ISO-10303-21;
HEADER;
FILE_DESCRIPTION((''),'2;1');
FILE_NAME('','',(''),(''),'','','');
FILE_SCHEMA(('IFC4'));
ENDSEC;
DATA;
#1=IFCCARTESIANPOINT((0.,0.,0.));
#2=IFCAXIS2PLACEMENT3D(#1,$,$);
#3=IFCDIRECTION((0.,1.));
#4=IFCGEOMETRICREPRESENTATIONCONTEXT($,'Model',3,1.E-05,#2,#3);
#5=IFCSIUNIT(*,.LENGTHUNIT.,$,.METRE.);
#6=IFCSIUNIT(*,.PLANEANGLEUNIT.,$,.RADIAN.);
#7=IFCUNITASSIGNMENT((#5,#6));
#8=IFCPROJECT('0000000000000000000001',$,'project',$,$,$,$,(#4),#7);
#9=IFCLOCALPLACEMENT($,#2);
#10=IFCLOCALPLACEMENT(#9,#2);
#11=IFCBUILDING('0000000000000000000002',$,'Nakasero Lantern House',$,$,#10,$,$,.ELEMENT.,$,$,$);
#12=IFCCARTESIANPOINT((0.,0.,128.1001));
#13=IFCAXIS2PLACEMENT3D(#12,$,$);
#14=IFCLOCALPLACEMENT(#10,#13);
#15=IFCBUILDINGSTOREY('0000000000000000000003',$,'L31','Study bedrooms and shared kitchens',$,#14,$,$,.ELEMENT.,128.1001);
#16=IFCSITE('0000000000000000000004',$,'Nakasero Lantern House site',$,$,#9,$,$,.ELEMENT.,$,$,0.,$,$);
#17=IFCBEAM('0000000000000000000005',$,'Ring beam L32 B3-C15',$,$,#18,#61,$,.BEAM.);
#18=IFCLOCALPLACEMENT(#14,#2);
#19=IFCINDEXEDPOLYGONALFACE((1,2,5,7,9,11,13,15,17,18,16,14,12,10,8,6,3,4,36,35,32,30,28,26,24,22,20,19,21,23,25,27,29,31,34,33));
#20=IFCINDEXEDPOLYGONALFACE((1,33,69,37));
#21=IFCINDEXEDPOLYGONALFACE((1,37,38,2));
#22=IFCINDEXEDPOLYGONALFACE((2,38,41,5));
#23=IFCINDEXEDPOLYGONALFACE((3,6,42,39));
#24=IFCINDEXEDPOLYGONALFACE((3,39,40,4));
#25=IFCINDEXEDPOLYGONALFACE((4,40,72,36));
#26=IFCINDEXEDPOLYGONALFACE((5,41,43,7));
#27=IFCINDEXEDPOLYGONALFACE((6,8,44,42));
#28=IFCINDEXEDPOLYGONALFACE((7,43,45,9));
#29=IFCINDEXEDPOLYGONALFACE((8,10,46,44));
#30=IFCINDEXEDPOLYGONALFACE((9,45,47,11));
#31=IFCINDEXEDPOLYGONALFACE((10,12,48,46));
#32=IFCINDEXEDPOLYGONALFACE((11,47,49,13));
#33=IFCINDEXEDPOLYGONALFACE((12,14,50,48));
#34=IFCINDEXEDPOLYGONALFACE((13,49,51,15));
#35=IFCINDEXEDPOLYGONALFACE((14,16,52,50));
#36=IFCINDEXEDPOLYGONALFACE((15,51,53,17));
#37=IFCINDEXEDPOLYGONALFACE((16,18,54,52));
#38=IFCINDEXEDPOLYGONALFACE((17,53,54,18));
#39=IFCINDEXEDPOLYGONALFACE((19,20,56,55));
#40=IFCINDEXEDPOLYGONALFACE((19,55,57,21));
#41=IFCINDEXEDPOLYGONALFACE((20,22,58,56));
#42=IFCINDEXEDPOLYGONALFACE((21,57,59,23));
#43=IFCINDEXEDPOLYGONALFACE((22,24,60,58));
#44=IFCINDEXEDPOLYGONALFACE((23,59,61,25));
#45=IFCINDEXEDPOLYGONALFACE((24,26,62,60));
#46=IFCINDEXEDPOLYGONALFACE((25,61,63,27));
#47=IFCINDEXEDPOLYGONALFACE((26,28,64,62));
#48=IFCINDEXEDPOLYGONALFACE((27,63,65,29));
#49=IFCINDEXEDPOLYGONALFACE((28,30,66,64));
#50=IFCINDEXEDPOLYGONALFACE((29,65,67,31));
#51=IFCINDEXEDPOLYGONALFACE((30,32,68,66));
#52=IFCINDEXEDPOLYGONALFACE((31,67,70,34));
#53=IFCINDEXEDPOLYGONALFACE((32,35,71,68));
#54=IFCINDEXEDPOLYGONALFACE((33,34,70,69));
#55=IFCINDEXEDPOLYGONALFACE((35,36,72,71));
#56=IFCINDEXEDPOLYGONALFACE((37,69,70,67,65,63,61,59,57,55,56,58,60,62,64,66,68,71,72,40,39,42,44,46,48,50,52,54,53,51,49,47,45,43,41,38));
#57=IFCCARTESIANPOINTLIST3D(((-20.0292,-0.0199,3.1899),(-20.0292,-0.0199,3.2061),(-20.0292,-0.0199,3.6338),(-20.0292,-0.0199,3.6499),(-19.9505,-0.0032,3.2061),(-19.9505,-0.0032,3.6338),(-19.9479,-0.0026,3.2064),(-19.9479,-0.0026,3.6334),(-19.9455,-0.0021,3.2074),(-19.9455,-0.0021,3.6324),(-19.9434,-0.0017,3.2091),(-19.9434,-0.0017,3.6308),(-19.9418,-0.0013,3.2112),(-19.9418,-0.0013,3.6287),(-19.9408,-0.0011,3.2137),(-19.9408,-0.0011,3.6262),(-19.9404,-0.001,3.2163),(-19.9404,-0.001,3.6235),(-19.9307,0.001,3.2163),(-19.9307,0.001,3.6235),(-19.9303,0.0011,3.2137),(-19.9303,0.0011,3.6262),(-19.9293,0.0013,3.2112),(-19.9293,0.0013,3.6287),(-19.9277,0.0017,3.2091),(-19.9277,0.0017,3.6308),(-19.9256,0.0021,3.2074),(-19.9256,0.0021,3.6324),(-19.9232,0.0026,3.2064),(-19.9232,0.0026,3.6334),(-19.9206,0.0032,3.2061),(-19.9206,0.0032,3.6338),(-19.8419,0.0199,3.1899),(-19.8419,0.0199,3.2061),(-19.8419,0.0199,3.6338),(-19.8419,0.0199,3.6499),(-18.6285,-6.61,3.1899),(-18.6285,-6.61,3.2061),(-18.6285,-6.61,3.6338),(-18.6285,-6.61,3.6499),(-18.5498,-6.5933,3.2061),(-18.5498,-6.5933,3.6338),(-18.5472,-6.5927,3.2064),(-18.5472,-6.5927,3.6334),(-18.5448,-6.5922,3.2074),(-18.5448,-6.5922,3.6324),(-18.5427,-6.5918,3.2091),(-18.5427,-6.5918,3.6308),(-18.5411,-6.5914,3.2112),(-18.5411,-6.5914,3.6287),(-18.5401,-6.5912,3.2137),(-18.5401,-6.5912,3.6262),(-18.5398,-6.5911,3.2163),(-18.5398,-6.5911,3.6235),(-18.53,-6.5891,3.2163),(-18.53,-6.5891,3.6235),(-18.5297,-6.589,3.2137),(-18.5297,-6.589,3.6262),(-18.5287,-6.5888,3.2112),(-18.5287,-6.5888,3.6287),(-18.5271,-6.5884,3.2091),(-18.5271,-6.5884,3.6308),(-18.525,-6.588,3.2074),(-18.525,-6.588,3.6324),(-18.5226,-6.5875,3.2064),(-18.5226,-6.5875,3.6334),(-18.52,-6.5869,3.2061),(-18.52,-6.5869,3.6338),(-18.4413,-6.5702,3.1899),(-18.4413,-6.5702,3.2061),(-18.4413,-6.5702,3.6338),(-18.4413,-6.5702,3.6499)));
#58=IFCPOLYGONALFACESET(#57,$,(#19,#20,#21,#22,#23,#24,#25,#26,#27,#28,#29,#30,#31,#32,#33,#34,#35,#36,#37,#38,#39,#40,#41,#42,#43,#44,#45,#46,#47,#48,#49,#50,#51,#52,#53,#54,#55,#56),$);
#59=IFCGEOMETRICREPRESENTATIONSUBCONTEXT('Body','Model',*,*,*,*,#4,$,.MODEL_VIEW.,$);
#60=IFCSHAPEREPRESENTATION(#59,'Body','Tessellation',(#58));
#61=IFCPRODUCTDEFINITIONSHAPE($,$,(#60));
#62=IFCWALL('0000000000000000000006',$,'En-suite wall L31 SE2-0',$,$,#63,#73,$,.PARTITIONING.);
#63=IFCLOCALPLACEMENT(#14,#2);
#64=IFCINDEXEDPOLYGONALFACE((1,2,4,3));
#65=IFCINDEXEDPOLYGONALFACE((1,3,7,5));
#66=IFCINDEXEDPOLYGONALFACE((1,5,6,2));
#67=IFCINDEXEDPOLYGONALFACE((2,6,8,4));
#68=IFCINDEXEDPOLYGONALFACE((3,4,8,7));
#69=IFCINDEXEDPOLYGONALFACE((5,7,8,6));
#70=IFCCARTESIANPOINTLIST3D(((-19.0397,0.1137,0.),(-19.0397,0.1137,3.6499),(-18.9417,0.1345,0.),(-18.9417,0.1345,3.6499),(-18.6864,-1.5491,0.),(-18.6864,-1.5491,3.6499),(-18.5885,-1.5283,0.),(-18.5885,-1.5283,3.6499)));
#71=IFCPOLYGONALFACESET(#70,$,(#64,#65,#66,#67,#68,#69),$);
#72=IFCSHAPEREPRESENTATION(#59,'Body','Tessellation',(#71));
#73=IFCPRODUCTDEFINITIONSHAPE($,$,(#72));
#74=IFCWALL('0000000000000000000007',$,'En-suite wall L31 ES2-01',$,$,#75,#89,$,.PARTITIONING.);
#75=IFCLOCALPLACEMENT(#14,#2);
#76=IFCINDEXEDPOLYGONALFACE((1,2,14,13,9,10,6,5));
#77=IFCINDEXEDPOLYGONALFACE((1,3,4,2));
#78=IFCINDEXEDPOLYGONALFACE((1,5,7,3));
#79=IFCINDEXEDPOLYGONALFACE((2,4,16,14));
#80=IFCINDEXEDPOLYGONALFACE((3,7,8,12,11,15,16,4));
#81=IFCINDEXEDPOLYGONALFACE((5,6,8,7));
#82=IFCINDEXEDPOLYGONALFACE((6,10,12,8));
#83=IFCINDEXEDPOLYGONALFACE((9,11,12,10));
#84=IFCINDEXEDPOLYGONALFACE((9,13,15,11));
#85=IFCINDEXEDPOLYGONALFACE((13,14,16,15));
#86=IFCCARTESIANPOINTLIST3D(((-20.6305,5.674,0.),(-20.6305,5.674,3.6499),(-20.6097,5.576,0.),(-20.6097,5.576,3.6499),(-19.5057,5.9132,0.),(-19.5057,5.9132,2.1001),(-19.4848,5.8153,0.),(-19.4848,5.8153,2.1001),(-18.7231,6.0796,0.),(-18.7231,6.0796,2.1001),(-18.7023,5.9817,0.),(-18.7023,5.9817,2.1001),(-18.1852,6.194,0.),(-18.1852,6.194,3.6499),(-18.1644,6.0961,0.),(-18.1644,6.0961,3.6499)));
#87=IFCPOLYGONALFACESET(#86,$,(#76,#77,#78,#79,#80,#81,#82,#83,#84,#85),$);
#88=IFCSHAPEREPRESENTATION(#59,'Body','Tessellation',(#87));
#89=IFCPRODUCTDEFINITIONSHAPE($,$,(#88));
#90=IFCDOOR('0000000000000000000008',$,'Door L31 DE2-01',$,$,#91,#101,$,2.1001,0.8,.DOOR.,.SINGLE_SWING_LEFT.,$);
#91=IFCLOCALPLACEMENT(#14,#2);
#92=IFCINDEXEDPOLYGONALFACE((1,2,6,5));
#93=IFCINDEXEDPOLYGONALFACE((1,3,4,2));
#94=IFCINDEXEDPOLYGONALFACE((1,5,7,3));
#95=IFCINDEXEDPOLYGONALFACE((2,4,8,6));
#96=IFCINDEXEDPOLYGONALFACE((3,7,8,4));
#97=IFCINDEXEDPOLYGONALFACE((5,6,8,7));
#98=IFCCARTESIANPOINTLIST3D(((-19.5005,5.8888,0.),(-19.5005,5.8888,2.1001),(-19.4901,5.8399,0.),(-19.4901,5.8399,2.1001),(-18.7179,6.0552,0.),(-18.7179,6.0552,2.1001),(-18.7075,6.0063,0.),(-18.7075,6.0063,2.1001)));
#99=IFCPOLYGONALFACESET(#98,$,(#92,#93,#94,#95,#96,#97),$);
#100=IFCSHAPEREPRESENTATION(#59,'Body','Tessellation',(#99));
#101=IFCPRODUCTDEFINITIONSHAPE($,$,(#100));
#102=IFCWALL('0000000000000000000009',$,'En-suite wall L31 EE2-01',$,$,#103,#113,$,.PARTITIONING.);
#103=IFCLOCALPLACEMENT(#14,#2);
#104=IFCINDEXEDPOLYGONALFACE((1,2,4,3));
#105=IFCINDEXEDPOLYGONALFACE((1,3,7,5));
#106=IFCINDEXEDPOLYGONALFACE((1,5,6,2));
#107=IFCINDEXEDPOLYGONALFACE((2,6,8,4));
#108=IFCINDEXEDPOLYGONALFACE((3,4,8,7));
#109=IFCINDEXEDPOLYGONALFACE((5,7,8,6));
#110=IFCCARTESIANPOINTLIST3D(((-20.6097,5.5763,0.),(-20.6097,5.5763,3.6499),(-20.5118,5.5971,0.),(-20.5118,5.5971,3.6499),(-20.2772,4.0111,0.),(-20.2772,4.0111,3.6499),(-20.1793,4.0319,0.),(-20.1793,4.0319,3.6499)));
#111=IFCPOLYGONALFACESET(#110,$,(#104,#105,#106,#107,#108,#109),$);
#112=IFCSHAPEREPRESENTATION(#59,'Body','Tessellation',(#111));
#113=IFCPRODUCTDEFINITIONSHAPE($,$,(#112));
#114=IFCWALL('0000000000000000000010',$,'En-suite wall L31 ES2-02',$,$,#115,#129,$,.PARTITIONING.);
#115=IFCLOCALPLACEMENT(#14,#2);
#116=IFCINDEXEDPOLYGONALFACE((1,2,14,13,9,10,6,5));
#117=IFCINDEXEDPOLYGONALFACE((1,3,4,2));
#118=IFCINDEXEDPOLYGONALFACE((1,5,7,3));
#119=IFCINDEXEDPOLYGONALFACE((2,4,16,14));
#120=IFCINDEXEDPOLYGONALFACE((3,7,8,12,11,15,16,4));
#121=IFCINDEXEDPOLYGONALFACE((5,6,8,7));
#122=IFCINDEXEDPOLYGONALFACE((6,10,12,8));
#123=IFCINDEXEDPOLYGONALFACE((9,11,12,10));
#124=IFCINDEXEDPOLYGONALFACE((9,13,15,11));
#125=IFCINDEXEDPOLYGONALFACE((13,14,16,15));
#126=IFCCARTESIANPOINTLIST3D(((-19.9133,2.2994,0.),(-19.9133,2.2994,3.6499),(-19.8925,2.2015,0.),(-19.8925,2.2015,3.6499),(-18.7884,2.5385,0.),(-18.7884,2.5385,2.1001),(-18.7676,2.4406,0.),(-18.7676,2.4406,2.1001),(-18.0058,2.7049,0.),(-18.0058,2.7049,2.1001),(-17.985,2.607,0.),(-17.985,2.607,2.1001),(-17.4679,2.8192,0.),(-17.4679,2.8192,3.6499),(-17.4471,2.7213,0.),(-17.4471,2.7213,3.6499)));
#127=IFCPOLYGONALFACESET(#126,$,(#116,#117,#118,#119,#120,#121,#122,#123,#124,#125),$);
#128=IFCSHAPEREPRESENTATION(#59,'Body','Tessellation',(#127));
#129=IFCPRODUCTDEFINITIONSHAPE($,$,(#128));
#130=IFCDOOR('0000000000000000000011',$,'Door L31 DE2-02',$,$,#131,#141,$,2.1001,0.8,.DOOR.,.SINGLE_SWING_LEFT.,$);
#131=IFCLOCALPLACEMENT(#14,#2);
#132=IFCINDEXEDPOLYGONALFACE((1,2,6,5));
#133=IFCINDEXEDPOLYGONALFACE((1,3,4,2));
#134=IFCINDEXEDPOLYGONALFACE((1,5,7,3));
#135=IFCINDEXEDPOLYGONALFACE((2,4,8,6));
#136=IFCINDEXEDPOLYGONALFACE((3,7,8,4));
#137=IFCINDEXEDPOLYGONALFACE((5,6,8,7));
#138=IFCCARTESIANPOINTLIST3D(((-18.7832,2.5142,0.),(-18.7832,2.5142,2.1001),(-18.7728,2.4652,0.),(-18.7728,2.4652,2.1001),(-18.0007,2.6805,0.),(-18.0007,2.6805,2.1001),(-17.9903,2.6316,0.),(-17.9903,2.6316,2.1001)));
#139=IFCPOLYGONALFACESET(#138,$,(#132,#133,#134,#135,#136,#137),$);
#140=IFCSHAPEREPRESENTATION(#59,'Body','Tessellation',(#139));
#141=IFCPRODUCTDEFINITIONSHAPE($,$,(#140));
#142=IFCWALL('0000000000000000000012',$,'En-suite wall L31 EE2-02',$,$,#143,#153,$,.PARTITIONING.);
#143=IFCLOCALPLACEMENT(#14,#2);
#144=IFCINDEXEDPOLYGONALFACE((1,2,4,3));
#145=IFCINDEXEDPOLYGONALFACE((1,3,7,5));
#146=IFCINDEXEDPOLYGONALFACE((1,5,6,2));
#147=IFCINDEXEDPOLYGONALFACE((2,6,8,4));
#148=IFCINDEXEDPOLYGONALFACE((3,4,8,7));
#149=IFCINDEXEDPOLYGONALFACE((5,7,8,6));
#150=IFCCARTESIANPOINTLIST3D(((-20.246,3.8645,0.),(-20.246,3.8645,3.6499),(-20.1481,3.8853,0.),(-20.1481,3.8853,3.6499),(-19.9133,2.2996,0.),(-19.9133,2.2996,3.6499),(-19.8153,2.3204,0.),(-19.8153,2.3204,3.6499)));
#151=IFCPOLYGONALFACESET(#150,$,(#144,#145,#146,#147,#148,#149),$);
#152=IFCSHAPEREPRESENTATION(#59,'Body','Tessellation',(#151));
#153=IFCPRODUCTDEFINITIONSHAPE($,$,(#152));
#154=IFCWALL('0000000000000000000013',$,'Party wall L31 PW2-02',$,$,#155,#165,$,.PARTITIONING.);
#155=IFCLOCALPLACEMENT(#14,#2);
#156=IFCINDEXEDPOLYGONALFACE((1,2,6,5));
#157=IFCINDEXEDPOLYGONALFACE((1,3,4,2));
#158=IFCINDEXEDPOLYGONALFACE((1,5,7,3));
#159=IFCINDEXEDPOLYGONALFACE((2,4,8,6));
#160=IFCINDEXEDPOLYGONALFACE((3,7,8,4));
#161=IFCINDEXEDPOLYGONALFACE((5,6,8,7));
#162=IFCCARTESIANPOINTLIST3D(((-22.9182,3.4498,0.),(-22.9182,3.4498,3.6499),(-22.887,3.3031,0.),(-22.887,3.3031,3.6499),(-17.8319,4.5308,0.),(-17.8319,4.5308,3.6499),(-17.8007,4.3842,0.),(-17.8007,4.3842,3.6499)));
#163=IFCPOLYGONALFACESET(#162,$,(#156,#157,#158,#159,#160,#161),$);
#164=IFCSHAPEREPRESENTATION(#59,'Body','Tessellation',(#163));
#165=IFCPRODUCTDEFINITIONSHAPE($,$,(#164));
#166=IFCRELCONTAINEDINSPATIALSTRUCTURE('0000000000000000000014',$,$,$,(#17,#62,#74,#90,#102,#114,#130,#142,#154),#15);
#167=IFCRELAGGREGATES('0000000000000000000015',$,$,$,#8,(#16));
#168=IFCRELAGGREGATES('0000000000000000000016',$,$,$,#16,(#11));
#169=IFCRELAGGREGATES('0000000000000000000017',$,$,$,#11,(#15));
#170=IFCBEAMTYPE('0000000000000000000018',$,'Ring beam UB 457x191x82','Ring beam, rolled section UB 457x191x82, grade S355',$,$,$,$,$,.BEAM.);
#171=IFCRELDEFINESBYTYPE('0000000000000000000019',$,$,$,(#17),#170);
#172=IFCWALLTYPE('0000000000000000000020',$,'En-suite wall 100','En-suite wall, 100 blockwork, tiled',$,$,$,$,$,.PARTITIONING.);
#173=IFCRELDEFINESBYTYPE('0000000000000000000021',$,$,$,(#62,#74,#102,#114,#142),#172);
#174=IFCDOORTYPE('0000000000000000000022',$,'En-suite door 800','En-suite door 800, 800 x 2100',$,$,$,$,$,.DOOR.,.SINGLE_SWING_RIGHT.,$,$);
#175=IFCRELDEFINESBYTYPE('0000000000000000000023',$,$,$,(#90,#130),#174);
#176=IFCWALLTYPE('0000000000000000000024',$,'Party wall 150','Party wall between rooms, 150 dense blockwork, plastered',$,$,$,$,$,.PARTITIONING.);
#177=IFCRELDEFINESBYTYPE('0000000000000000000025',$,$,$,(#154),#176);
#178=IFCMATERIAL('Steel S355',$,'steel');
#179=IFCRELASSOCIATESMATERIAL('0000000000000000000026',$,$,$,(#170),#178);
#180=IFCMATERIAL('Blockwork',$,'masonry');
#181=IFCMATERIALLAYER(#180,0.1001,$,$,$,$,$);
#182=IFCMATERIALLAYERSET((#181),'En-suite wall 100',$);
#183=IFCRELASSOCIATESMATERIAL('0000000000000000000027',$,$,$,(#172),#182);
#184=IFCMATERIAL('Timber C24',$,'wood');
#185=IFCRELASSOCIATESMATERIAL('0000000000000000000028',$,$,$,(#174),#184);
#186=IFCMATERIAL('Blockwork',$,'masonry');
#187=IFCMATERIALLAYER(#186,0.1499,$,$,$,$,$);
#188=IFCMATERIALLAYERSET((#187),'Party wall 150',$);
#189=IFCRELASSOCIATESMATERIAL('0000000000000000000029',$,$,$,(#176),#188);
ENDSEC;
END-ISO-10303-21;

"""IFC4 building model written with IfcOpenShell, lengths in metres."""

from ifc_helpers import new_model, si_unit, direction, frame, frame_2d, origin, origin_2d, place, context, subcontext, project, spatial, rectangle, i_section, extrude, material, layer, layer_set, material_profile, profile_set, type_object, element, fill, save


model = new_model("IFC4")

# Units and contexts
model_context = context("Model", 3, precision=1e-05, world=origin(), true_north=direction((0.0, 1.0)))
body_context = subcontext(model_context, "Body", "Model", "MODEL_VIEW")
ifc_project = project(units=[si_unit("LENGTHUNIT", "METRE"), si_unit("PLANEANGLEUNIT", "RADIAN")], contexts=[model_context])

# Site, building, storey
site_placement = place(None, origin())
site = spatial("IfcSite", under=ifc_project, at=site_placement, Name="Nakasero Lantern House site", CompositionType="ELEMENT", RefElevation=0.0)
building_placement = place(site_placement, origin())
building = spatial("IfcBuilding", under=site, at=building_placement, Name="Nakasero Lantern House", CompositionType="ELEMENT")
storey_placement = place(building_placement, frame((0.0, 0.0, 128.1001)))
storey = spatial("IfcBuildingStorey", under=building, at=storey_placement, Name="L31", Description="Study bedrooms and shared kitchens", CompositionType="ELEMENT", Elevation=128.1001)

# Beam
ifc_material_1 = material(Name="Steel S355", Category="steel")
ifc_material_profile_1 = material_profile(ifc_material_1, i_section(OverallWidth=0.1914, OverallDepth=0.46, WebThickness=0.01, FlangeThickness=0.0161, FilletRadius=0.0103, at=origin_2d()), Name="UB 457x191x82")
ifc_profile_set_1 = profile_set([ifc_material_profile_1], Name="Steel S355")
beam_type_1 = type_object("IfcBeamType", Name="Ring beam UB 457x191x82", Description="Ring beam, rolled section UB 457x191x82, grade S355", PredefinedType="BEAM", material=ifc_profile_set_1)
beam_1_placement = place(storey_placement, frame((-19.9355, 0.0, 3.4199), z_axis=(0.207893, -0.978152, 0.0), x_axis=(0.978152, 0.207893, 0.0)))
element("IfcBeam", 1, at=beam_1_placement, inside=storey, type_object=beam_type_1, Name="Ring beam L32 B3-C15", PredefinedType="BEAM", context=body_context, shape_type="SweptSolid", body=[
    extrude(i_section(OverallWidth=0.1914, OverallDepth=0.46, WebThickness=0.01, FlangeThickness=0.0161, FilletRadius=0.0103, at=origin_2d()), origin(), (0.0, 0.0, 1.0), 6.7373),
])

# Wall
ifc_material_2 = material(Name="Blockwork", Category="masonry")
ifc_layer_1 = layer(ifc_material_2, 0.1001)
ifc_layer_set_1 = layer_set([ifc_layer_1], Name="En-suite wall 100")
wall_type_1 = type_object("IfcWallType", Name="En-suite wall 100", Description="En-suite wall, 100 blockwork, tiled", PredefinedType="PARTITIONING", material=ifc_layer_set_1)
wall_1_placement = place(storey_placement, frame((-18.9907, 0.1243, 0.0), z_axis=(0.0, 0.0, 1.0), x_axis=(0.207812, -0.978169, 0.0)))
element("IfcWall", 2, at=wall_1_placement, inside=storey, type_object=wall_type_1, Name="En-suite wall L31 SE2-0", PredefinedType="PARTITIONING", context=body_context, shape_type="SweptSolid", body=[
    extrude(rectangle(XDim=1.7, YDim=0.1001, at=frame_2d((0.8501, 0.0))), origin(), (0.0, 0.0, 1.0), 3.6499),
])

# Wall, opening, door
wall_2_placement = place(storey_placement, frame((-18.1748, 6.145, 0.0), z_axis=(0.0, 0.0, 1.0), x_axis=(-0.978127, -0.208008, 0.0)))
wall_2 = element("IfcWall", 3, at=wall_2_placement, inside=storey, type_object=wall_type_1, Name="En-suite wall L31 ES2-01", PredefinedType="PARTITIONING", context=body_context, shape_type="SweptSolid", body=[
    extrude(rectangle(XDim=2.5, YDim=0.1001, at=frame_2d((1.25, 0.0))), origin(), (0.0, 0.0, 1.0), 3.6499),
])
opening_1_placement = place(wall_2_placement, frame((0.55, 0.0, 0.0)))
opening_1 = element("IfcOpeningElement", 4, at=opening_1_placement, cuts=wall_2, PredefinedType="OPENING", context=body_context, shape_type="SweptSolid", body=[
    extrude(rectangle(XDim=0.8, YDim=2.1001, at=frame_2d((0.3999, 1.05))), frame((0.0, 0.0701, 0.0), z_axis=(0.0, -1.0, 0.0), x_axis=(1.0, 0.0, 0.0)), (0.0, 0.0, 1.0), 0.1401),
])
ifc_material_3 = material(Name="Timber C24", Category="wood")
door_type = type_object("IfcDoorType", Name="En-suite door 800", Description="En-suite door 800, 800 x 2100", OperationType="SINGLE_SWING_RIGHT", PredefinedType="DOOR", material=ifc_material_3)
door_1_placement = place(opening_1_placement, origin())
door_1 = element("IfcDoor", 5, at=door_1_placement, inside=storey, type_object=door_type, Name="Door L31 DE2-01", OperationType="SINGLE_SWING_LEFT", OverallHeight=2.1001, OverallWidth=0.8, PredefinedType="DOOR", context=body_context, shape_type="SweptSolid", body=[
    extrude(rectangle(XDim=0.8, YDim=2.1001, at=frame_2d((0.3999, 1.05))), frame((0.0, 0.0249, 0.0), z_axis=(0.0, -1.0, 0.0), x_axis=(1.0, 0.0, 0.0)), (0.0, 0.0, 1.0), 0.05),
])
fill(opening_1, door_1)

# Wall
wall_3_placement = place(storey_placement, frame((-20.5608, 5.5867, 0.0), z_axis=(0.0, 0.0, 1.0), x_axis=(0.207809, -0.978169, 0.0)))
element("IfcWall", 6, at=wall_3_placement, inside=storey, type_object=wall_type_1, Name="En-suite wall L31 EE2-01", PredefinedType="PARTITIONING", context=body_context, shape_type="SweptSolid", body=[
    extrude(rectangle(XDim=1.6001, YDim=0.1001, at=frame_2d((0.8, 0.0))), origin(), (0.0, 0.0, 1.0), 3.6499),
])

# Wall, opening, door
wall_4_placement = place(storey_placement, frame((-17.4575, 2.7703, 0.0), z_axis=(0.0, 0.0, 1.0), x_axis=(-0.978147, -0.207915, 0.0)))
wall_4 = element("IfcWall", 7, at=wall_4_placement, inside=storey, type_object=wall_type_1, Name="En-suite wall L31 ES2-02", PredefinedType="PARTITIONING", context=body_context, shape_type="SweptSolid", body=[
    extrude(rectangle(XDim=2.5, YDim=0.1001, at=frame_2d((1.25, 0.0))), origin(), (0.0, 0.0, 1.0), 3.6499),
])
opening_2_placement = place(wall_4_placement, frame((0.55, 0.0, 0.0)))
opening_2 = element("IfcOpeningElement", 8, at=opening_2_placement, cuts=wall_4, PredefinedType="OPENING", context=body_context, shape_type="SweptSolid", body=[
    extrude(rectangle(XDim=0.8, YDim=2.1001, at=frame_2d((0.3999, 1.05))), frame((0.0, 0.0701, 0.0), z_axis=(0.0, -1.0, 0.0), x_axis=(1.0, 0.0, 0.0)), (0.0, 0.0, 1.0), 0.1401),
])
door_2_placement = place(opening_2_placement, origin())
door_2 = element("IfcDoor", 9, at=door_2_placement, inside=storey, type_object=door_type, Name="Door L31 DE2-02", OperationType="SINGLE_SWING_LEFT", OverallHeight=2.1001, OverallWidth=0.8, PredefinedType="DOOR", context=body_context, shape_type="SweptSolid", body=[
    extrude(rectangle(XDim=0.8, YDim=2.1001, at=frame_2d((0.3999, 1.05))), frame((0.0, 0.0249, 0.0), z_axis=(0.0, -1.0, 0.0), x_axis=(1.0, 0.0, 0.0)), (0.0, 0.0, 1.0), 0.05),
])
fill(opening_2, door_2)

# Walls
wall_5_placement = place(storey_placement, frame((-20.197, 3.8748, 0.0), z_axis=(0.0, 0.0, 1.0), x_axis=(0.207987, -0.978132, 0.0)))
element("IfcWall", 10, at=wall_5_placement, inside=storey, type_object=wall_type_1, Name="En-suite wall L31 EE2-02", PredefinedType="PARTITIONING", context=body_context, shape_type="SweptSolid", body=[
    extrude(rectangle(XDim=1.5999, YDim=0.1001, at=frame_2d((0.7998, 0.0))), origin(), (0.0, 0.0, 1.0), 3.6499),
])
ifc_material_4 = material(Name="Blockwork", Category="masonry")
ifc_layer_2 = layer(ifc_material_4, 0.1499)
ifc_layer_set_2 = layer_set([ifc_layer_2], Name="Party wall 150")
wall_type_2 = type_object("IfcWallType", Name="Party wall 150", Description="Party wall between rooms, 150 dense blockwork, plastered", PredefinedType="PARTITIONING", material=ifc_layer_set_2)
wall_6_placement = place(storey_placement, frame((-17.8162, 4.4575, 0.0), z_axis=(0.0, 0.0, 1.0), x_axis=(-0.978151, -0.207894, 0.0)))
element("IfcWall", 11, at=wall_6_placement, inside=storey, type_object=wall_type_2, Name="Party wall L31 PW2-02", PredefinedType="PARTITIONING", context=body_context, shape_type="SweptSolid", body=[
    extrude(rectangle(XDim=5.2, YDim=0.1499, at=frame_2d((2.6001, 0.0))), origin(), (0.0, 0.0, 1.0), 3.6499),
])

save(model, "model.ifc")
